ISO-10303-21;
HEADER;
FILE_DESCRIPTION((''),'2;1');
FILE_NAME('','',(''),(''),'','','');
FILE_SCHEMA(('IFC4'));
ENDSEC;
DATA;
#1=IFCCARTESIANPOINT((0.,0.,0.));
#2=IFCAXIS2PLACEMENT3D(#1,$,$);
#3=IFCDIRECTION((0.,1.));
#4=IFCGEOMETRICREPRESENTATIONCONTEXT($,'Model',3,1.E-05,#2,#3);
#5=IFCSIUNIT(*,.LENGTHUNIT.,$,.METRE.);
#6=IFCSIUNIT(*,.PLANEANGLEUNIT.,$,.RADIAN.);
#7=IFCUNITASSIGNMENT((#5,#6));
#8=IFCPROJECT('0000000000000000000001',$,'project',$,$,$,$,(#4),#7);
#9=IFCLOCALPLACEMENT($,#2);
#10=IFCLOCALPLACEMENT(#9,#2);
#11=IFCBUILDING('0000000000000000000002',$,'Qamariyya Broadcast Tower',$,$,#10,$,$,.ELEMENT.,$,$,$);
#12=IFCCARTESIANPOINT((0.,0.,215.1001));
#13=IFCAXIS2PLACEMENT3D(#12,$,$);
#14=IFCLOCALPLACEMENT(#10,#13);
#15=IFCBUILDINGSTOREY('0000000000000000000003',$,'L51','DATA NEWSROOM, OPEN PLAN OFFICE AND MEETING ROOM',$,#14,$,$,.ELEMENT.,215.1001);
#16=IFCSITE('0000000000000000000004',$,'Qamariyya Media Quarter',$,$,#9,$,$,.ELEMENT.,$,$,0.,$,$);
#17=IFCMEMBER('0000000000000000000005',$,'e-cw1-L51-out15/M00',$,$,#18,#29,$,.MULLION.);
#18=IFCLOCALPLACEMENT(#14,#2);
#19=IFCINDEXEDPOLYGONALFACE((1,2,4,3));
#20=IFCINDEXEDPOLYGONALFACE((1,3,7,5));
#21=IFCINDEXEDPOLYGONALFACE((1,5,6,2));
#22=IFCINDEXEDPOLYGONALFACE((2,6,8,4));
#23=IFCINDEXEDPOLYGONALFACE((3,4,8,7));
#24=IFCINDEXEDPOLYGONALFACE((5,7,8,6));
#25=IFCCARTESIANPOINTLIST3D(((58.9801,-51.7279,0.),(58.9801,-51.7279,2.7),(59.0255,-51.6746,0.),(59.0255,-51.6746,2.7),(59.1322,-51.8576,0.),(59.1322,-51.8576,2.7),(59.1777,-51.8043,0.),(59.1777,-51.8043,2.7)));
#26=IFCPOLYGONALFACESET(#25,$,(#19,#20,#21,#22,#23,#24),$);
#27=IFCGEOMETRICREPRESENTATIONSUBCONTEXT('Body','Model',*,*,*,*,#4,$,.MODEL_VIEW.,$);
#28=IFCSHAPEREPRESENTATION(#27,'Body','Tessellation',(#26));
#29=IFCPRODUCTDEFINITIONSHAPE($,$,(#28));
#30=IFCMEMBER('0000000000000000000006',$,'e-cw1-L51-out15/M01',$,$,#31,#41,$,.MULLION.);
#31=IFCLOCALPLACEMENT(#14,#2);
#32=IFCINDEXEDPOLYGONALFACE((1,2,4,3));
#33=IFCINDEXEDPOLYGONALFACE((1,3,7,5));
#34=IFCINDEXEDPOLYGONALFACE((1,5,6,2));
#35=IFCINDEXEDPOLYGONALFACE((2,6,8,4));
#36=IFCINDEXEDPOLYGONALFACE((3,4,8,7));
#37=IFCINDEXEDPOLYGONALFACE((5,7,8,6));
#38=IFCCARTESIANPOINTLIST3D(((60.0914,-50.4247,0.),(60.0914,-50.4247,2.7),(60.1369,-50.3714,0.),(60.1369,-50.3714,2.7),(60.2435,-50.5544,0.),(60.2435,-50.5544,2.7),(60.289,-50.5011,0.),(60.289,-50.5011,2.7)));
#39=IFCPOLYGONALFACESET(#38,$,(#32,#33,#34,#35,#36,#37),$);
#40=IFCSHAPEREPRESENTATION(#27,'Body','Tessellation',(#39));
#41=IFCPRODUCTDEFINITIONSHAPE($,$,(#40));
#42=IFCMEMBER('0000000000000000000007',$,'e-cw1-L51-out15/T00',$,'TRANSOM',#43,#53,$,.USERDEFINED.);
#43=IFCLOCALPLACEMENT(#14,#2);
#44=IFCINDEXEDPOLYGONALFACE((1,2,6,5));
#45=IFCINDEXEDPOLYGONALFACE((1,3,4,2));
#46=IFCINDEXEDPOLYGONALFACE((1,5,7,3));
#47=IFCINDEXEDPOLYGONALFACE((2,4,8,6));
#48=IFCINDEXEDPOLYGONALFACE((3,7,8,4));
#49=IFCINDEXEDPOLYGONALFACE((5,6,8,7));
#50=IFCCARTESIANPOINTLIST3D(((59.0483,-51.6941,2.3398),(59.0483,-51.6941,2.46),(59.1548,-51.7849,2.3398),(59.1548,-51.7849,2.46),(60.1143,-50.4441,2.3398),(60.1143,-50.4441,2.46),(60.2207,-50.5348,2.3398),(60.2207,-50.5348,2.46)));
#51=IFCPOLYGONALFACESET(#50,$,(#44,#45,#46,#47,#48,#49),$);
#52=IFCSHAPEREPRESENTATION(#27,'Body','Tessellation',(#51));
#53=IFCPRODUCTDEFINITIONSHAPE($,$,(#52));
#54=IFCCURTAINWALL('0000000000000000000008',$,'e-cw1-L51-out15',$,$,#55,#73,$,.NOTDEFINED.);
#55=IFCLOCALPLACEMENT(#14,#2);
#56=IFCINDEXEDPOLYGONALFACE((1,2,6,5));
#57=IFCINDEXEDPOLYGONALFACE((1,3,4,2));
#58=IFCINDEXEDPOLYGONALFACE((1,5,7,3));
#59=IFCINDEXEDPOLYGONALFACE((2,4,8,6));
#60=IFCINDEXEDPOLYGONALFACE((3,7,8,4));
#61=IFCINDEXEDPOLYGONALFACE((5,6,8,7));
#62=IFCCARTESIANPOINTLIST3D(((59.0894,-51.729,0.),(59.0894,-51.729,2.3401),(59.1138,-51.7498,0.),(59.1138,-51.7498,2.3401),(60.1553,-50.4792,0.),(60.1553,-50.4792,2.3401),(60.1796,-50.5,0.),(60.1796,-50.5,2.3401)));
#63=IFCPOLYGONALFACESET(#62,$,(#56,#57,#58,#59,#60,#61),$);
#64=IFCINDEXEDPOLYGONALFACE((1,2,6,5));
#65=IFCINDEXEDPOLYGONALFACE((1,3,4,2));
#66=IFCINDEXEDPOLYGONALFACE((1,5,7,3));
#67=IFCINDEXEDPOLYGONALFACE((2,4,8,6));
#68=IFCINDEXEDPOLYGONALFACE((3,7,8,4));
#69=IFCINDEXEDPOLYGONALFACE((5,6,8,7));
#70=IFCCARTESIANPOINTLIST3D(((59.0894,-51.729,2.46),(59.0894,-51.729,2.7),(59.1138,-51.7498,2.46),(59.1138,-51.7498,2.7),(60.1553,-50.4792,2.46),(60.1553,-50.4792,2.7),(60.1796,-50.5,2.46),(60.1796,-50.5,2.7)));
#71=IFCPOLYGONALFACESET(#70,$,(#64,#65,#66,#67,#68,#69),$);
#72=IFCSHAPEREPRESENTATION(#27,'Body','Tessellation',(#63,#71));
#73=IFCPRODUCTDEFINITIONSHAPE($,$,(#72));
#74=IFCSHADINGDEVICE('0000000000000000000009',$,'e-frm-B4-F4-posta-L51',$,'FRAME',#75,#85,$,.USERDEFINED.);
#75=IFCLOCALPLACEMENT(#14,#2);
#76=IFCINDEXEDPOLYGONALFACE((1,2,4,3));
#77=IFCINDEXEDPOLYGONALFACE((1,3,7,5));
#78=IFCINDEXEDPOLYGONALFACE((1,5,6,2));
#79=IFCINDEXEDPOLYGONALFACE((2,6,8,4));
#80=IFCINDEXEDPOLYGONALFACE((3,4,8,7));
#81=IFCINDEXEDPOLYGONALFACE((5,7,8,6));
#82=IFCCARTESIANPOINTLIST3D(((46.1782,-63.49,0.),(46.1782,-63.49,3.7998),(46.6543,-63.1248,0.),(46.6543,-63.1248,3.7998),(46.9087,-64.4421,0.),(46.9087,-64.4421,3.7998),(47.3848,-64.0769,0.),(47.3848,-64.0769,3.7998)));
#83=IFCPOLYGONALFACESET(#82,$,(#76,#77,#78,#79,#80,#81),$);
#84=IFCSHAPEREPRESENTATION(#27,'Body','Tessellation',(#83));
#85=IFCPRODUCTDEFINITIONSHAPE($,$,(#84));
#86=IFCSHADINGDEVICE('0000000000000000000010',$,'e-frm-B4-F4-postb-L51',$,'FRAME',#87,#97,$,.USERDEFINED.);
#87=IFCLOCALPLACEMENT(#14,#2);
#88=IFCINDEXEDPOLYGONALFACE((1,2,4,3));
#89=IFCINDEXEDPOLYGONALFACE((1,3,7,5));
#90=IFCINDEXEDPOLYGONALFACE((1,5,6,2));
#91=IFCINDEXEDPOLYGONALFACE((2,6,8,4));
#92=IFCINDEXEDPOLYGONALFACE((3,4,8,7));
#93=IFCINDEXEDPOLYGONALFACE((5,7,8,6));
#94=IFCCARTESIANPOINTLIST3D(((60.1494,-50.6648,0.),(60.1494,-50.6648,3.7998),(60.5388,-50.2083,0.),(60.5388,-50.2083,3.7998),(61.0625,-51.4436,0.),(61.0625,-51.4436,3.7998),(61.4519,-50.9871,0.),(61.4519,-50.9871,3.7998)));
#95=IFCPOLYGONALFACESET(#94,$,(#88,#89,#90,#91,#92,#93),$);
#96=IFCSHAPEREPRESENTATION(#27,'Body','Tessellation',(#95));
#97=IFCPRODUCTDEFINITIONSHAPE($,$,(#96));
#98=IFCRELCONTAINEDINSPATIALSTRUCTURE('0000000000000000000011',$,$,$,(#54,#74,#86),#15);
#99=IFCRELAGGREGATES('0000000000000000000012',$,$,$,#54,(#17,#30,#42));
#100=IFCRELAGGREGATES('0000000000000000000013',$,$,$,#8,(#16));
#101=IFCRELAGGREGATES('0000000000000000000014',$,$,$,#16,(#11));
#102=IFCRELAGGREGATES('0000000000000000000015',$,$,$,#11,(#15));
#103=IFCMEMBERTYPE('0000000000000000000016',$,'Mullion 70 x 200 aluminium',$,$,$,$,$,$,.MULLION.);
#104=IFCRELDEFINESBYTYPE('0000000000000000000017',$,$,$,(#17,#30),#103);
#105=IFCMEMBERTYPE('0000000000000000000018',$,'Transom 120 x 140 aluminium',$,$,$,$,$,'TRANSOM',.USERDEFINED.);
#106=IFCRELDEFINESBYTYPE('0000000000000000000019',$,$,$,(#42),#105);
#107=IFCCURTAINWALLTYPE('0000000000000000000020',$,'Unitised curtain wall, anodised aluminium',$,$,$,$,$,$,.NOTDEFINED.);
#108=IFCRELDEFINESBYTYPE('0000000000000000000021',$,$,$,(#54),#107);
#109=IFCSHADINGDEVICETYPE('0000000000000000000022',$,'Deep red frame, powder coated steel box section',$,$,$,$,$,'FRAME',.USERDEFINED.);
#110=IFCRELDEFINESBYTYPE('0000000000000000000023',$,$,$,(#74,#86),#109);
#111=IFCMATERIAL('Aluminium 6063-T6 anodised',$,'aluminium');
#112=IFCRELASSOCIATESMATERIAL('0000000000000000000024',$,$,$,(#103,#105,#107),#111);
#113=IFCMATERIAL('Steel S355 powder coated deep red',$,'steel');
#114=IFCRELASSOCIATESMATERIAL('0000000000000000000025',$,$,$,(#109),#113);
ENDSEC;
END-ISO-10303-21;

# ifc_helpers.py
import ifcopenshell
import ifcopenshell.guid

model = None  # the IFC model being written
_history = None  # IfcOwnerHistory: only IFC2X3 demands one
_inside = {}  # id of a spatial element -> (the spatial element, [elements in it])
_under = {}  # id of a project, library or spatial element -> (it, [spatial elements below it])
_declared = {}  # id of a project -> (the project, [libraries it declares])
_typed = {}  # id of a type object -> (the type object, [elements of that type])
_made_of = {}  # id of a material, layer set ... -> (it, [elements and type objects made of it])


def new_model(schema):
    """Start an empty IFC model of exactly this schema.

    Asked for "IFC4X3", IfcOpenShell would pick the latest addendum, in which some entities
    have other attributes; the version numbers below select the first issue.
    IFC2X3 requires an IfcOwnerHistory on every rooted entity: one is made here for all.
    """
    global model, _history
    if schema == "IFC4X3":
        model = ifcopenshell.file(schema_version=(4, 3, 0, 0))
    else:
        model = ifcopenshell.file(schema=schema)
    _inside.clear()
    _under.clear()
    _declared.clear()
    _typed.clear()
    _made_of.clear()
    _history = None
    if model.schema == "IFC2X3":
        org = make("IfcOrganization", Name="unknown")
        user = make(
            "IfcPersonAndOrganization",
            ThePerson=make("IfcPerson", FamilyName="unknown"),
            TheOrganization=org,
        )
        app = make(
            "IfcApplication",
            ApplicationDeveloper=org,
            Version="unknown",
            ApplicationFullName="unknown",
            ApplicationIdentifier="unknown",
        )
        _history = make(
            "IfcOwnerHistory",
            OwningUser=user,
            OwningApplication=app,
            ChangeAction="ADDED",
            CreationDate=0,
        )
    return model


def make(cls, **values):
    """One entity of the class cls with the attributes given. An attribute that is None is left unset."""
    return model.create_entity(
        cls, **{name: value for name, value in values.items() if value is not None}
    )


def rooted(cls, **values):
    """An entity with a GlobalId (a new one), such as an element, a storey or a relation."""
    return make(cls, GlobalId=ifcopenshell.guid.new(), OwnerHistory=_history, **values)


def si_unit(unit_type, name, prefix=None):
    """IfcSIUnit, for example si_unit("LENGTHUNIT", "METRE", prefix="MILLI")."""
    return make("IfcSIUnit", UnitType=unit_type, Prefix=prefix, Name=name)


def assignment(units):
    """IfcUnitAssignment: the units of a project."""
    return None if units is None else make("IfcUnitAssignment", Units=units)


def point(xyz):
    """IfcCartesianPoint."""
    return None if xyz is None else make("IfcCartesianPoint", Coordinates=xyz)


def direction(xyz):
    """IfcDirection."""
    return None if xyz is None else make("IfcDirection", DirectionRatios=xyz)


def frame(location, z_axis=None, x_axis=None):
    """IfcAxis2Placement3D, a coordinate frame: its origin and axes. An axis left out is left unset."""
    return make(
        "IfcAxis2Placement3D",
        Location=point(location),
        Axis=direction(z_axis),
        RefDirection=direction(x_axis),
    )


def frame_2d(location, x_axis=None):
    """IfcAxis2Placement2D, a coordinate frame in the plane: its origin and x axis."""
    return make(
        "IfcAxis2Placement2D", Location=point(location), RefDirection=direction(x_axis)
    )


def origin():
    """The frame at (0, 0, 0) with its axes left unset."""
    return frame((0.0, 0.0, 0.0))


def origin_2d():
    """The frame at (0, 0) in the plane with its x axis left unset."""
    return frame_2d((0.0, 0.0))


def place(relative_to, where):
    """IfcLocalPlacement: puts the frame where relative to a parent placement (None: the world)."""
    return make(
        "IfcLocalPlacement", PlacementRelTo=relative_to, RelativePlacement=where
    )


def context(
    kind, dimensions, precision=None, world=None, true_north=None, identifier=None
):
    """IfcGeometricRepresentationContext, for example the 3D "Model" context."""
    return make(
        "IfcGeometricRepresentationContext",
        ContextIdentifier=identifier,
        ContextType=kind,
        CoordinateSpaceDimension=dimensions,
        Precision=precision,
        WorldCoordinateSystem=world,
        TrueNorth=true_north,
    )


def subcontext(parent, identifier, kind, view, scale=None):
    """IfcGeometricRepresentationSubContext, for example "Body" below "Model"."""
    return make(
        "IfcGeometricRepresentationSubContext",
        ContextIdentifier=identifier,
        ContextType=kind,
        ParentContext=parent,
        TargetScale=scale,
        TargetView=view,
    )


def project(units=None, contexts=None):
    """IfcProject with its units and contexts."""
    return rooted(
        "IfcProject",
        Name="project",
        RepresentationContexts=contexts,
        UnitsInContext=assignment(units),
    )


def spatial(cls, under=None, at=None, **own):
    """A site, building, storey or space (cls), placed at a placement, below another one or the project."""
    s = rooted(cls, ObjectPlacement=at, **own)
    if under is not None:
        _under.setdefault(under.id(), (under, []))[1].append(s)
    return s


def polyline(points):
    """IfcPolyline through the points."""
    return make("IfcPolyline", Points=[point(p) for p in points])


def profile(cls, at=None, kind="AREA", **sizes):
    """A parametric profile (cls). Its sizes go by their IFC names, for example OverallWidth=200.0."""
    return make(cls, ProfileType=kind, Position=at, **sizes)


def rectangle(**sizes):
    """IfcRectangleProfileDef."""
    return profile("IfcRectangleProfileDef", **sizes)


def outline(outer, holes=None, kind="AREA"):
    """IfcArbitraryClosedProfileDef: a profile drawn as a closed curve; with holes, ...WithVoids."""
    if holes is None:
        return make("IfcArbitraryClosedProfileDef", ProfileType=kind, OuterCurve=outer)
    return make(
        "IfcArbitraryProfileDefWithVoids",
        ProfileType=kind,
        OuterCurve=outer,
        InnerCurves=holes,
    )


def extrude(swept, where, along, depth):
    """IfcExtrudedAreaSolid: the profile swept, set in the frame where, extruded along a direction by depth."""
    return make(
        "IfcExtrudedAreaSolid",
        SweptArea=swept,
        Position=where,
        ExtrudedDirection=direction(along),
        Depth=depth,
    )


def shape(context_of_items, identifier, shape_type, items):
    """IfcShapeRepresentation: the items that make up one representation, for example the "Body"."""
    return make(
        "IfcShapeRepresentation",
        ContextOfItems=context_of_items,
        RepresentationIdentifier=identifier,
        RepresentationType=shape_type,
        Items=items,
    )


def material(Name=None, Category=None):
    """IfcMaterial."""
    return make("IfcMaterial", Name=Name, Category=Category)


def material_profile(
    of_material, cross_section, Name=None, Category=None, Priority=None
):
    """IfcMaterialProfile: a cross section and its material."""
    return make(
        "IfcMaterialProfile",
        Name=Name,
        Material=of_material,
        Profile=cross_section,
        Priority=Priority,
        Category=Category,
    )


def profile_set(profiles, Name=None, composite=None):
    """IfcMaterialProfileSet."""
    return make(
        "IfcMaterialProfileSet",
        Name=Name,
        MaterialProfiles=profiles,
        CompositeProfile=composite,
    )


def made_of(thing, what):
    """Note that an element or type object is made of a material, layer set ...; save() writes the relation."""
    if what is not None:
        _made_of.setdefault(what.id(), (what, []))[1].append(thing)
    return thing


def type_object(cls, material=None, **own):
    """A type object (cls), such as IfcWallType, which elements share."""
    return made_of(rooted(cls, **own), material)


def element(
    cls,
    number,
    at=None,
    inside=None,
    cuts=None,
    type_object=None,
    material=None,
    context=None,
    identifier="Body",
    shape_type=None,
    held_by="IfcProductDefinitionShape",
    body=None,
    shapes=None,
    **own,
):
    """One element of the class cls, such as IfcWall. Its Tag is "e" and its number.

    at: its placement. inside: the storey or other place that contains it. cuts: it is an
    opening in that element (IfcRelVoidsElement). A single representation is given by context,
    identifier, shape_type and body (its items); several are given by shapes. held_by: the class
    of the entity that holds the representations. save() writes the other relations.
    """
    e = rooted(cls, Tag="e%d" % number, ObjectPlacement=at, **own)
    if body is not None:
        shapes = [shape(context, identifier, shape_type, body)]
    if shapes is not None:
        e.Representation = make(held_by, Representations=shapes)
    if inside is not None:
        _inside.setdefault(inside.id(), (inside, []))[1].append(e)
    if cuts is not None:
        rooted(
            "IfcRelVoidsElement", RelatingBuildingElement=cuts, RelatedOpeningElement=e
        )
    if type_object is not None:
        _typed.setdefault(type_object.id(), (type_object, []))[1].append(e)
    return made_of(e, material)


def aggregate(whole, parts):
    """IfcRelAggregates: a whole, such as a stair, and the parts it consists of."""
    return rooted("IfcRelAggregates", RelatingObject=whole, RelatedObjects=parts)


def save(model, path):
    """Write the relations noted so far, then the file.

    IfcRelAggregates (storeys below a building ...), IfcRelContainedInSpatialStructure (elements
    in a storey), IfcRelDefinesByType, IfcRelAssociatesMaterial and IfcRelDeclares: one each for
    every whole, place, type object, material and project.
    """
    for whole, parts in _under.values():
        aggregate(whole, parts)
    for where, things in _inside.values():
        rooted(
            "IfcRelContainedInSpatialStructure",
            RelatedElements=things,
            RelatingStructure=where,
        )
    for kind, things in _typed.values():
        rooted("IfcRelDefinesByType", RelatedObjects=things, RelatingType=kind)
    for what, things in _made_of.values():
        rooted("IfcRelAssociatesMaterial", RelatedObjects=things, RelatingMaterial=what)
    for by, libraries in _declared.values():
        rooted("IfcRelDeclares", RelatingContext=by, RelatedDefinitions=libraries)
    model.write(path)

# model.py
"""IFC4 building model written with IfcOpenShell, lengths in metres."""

from ifc_helpers import new_model, si_unit, direction, frame, origin, origin_2d, place, context, subcontext, project, spatial, polyline, rectangle, outline, extrude, material, material_profile, profile_set, type_object, element, aggregate, save


model = new_model("IFC4")

# Units and contexts
model_context = context("Model", 3, precision=1e-05, world=origin(), true_north=direction((0.0, 1.0)))
body_context = subcontext(model_context, "Body", "Model", "MODEL_VIEW")
ifc_project = project(units=[si_unit("LENGTHUNIT", "METRE"), si_unit("PLANEANGLEUNIT", "RADIAN")], contexts=[model_context])

# Members
ifc_material_1 = material(Name="Aluminium 6063-T6 anodised", Category="aluminium")
ifc_material_profile_1 = material_profile(ifc_material_1, rectangle(XDim=0.2, YDim=0.0701, at=origin_2d()))
ifc_profile_set_1 = profile_set([ifc_material_profile_1], Name="Aluminium 6063-T6 anodised")
member_type_1 = type_object("IfcMemberType", Name="Mullion 70 x 200 aluminium", PredefinedType="MULLION", material=ifc_profile_set_1)
site_placement = place(None, origin())
building_placement = place(site_placement, origin())
storey_placement = place(building_placement, frame((0.0, 0.0, 215.1001)))
member_1_placement = place(storey_placement, frame((59.0789, -51.7661, 0.0), z_axis=(0.0, 0.0, 1.0), x_axis=(-0.760854, 0.648923, 0.0)))
member_1 = element("IfcMember", 1, at=member_1_placement, type_object=member_type_1, Name="e-cw1-L51-out15/M00", PredefinedType="MULLION", context=body_context, shape_type="SweptSolid", body=[
    extrude(rectangle(XDim=0.2, YDim=0.0701, at=origin_2d()), origin(), (0.0, 0.0, 1.0), 2.7),
])
member_2_placement = place(storey_placement, frame((60.1902, -50.4629, 0.0), z_axis=(0.0, 0.0, 1.0), x_axis=(-0.760854, 0.648923, 0.0)))
member_2 = element("IfcMember", 2, at=member_2_placement, type_object=member_type_1, Name="e-cw1-L51-out15/M01", PredefinedType="MULLION", context=body_context, shape_type="SweptSolid", body=[
    extrude(rectangle(XDim=0.2, YDim=0.0701, at=origin_2d()), origin(), (0.0, 0.0, 1.0), 2.7),
])
ifc_material_profile_2 = material_profile(ifc_material_1, rectangle(XDim=0.1399, YDim=0.1201, at=origin_2d()))
ifc_profile_set_2 = profile_set([ifc_material_profile_2], Name="Aluminium 6063-T6 anodised")
member_type_2 = type_object("IfcMemberType", Name="Transom 120 x 140 aluminium", ElementType="TRANSOM", PredefinedType="USERDEFINED", material=ifc_profile_set_2)
member_3_placement = place(storey_placement, frame((59.1016, -51.7395, 2.3999), z_axis=(0.648856, 0.760912, 0.0), x_axis=(-0.760912, 0.648856, 0.0)))
member_3 = element("IfcMember", 3, at=member_3_placement, type_object=member_type_2, Name="e-cw1-L51-out15/T00", ObjectType="TRANSOM", PredefinedType="USERDEFINED", context=body_context, shape_type="SweptSolid", body=[
    extrude(rectangle(XDim=0.1399, YDim=0.1201, at=origin_2d()), origin(), (0.0, 0.0, 1.0), 1.6428),
])

# Site, building, storey
site = spatial("IfcSite", under=ifc_project, at=site_placement, Name="Qamariyya Media Quarter", CompositionType="ELEMENT", RefElevation=0.0)
building = spatial("IfcBuilding", under=site, at=building_placement, Name="Qamariyya Broadcast Tower", CompositionType="ELEMENT")
storey = spatial("IfcBuildingStorey", under=building, at=storey_placement, Name="L51", Description="DATA NEWSROOM, OPEN PLAN OFFICE AND MEETING ROOM", CompositionType="ELEMENT", Elevation=215.1001)

# Curtain wall
curtain_wall_type = type_object("IfcCurtainWallType", Name="Unitised curtain wall, anodised aluminium", PredefinedType="NOTDEFINED", material=ifc_material_1)
curtain_wall_1_placement = place(storey_placement, origin())
curtain_wall_1 = element("IfcCurtainWall", 4, at=curtain_wall_1_placement, inside=storey, type_object=curtain_wall_type, Name="e-cw1-L51-out15", PredefinedType="NOTDEFINED", context=body_context, shape_type="SweptSolid", body=[
    extrude(rectangle(XDim=1.6426, YDim=0.032, at=origin_2d()), frame((59.6345, -51.1145, 0.0), x_axis=(0.648872, 0.760898, 0.0)), (0.0, 0.0, 1.0), 2.3401),
    extrude(rectangle(XDim=1.6426, YDim=0.032, at=origin_2d()), frame((59.6345, -51.1145, 2.46), x_axis=(0.648872, 0.760898, 0.0)), (0.0, 0.0, 1.0), 0.24),
])
aggregate(curtain_wall_1, [member_1, member_2, member_3])

# Shading devices
ifc_material_2 = material(Name="Steel S355 powder coated deep red", Category="steel")
shading_device_type = type_object("IfcShadingDeviceType", Name="Deep red frame, powder coated steel box section", ElementType="FRAME", PredefinedType="USERDEFINED", material=ifc_material_2)
shading_device_1_placement = place(storey_placement, origin())
element("IfcShadingDevice", 5, at=shading_device_1_placement, inside=storey, type_object=shading_device_type, Name="e-frm-B4-F4-posta-L51", ObjectType="FRAME", PredefinedType="USERDEFINED", context=body_context, shape_type="SweptSolid", body=[
    extrude(outline(polyline([(46.1782, -63.49), (46.9087, -64.4421), (47.3848, -64.0769), (46.6543, -63.1248), (46.1782, -63.49)])), origin(), (0.0, 0.0, 1.0), 3.7998),
])
shading_device_2_placement = place(storey_placement, origin())
element("IfcShadingDevice", 6, at=shading_device_2_placement, inside=storey, type_object=shading_device_type, Name="e-frm-B4-F4-postb-L51", ObjectType="FRAME", PredefinedType="USERDEFINED", context=body_context, shape_type="SweptSolid", body=[
    extrude(outline(polyline([(60.1494, -50.6648), (61.0625, -51.4436), (61.4519, -50.9871), (60.5388, -50.2083), (60.1494, -50.6648)])), origin(), (0.0, 0.0, 1.0), 3.7998),
])

save(model, "model.ifc")
